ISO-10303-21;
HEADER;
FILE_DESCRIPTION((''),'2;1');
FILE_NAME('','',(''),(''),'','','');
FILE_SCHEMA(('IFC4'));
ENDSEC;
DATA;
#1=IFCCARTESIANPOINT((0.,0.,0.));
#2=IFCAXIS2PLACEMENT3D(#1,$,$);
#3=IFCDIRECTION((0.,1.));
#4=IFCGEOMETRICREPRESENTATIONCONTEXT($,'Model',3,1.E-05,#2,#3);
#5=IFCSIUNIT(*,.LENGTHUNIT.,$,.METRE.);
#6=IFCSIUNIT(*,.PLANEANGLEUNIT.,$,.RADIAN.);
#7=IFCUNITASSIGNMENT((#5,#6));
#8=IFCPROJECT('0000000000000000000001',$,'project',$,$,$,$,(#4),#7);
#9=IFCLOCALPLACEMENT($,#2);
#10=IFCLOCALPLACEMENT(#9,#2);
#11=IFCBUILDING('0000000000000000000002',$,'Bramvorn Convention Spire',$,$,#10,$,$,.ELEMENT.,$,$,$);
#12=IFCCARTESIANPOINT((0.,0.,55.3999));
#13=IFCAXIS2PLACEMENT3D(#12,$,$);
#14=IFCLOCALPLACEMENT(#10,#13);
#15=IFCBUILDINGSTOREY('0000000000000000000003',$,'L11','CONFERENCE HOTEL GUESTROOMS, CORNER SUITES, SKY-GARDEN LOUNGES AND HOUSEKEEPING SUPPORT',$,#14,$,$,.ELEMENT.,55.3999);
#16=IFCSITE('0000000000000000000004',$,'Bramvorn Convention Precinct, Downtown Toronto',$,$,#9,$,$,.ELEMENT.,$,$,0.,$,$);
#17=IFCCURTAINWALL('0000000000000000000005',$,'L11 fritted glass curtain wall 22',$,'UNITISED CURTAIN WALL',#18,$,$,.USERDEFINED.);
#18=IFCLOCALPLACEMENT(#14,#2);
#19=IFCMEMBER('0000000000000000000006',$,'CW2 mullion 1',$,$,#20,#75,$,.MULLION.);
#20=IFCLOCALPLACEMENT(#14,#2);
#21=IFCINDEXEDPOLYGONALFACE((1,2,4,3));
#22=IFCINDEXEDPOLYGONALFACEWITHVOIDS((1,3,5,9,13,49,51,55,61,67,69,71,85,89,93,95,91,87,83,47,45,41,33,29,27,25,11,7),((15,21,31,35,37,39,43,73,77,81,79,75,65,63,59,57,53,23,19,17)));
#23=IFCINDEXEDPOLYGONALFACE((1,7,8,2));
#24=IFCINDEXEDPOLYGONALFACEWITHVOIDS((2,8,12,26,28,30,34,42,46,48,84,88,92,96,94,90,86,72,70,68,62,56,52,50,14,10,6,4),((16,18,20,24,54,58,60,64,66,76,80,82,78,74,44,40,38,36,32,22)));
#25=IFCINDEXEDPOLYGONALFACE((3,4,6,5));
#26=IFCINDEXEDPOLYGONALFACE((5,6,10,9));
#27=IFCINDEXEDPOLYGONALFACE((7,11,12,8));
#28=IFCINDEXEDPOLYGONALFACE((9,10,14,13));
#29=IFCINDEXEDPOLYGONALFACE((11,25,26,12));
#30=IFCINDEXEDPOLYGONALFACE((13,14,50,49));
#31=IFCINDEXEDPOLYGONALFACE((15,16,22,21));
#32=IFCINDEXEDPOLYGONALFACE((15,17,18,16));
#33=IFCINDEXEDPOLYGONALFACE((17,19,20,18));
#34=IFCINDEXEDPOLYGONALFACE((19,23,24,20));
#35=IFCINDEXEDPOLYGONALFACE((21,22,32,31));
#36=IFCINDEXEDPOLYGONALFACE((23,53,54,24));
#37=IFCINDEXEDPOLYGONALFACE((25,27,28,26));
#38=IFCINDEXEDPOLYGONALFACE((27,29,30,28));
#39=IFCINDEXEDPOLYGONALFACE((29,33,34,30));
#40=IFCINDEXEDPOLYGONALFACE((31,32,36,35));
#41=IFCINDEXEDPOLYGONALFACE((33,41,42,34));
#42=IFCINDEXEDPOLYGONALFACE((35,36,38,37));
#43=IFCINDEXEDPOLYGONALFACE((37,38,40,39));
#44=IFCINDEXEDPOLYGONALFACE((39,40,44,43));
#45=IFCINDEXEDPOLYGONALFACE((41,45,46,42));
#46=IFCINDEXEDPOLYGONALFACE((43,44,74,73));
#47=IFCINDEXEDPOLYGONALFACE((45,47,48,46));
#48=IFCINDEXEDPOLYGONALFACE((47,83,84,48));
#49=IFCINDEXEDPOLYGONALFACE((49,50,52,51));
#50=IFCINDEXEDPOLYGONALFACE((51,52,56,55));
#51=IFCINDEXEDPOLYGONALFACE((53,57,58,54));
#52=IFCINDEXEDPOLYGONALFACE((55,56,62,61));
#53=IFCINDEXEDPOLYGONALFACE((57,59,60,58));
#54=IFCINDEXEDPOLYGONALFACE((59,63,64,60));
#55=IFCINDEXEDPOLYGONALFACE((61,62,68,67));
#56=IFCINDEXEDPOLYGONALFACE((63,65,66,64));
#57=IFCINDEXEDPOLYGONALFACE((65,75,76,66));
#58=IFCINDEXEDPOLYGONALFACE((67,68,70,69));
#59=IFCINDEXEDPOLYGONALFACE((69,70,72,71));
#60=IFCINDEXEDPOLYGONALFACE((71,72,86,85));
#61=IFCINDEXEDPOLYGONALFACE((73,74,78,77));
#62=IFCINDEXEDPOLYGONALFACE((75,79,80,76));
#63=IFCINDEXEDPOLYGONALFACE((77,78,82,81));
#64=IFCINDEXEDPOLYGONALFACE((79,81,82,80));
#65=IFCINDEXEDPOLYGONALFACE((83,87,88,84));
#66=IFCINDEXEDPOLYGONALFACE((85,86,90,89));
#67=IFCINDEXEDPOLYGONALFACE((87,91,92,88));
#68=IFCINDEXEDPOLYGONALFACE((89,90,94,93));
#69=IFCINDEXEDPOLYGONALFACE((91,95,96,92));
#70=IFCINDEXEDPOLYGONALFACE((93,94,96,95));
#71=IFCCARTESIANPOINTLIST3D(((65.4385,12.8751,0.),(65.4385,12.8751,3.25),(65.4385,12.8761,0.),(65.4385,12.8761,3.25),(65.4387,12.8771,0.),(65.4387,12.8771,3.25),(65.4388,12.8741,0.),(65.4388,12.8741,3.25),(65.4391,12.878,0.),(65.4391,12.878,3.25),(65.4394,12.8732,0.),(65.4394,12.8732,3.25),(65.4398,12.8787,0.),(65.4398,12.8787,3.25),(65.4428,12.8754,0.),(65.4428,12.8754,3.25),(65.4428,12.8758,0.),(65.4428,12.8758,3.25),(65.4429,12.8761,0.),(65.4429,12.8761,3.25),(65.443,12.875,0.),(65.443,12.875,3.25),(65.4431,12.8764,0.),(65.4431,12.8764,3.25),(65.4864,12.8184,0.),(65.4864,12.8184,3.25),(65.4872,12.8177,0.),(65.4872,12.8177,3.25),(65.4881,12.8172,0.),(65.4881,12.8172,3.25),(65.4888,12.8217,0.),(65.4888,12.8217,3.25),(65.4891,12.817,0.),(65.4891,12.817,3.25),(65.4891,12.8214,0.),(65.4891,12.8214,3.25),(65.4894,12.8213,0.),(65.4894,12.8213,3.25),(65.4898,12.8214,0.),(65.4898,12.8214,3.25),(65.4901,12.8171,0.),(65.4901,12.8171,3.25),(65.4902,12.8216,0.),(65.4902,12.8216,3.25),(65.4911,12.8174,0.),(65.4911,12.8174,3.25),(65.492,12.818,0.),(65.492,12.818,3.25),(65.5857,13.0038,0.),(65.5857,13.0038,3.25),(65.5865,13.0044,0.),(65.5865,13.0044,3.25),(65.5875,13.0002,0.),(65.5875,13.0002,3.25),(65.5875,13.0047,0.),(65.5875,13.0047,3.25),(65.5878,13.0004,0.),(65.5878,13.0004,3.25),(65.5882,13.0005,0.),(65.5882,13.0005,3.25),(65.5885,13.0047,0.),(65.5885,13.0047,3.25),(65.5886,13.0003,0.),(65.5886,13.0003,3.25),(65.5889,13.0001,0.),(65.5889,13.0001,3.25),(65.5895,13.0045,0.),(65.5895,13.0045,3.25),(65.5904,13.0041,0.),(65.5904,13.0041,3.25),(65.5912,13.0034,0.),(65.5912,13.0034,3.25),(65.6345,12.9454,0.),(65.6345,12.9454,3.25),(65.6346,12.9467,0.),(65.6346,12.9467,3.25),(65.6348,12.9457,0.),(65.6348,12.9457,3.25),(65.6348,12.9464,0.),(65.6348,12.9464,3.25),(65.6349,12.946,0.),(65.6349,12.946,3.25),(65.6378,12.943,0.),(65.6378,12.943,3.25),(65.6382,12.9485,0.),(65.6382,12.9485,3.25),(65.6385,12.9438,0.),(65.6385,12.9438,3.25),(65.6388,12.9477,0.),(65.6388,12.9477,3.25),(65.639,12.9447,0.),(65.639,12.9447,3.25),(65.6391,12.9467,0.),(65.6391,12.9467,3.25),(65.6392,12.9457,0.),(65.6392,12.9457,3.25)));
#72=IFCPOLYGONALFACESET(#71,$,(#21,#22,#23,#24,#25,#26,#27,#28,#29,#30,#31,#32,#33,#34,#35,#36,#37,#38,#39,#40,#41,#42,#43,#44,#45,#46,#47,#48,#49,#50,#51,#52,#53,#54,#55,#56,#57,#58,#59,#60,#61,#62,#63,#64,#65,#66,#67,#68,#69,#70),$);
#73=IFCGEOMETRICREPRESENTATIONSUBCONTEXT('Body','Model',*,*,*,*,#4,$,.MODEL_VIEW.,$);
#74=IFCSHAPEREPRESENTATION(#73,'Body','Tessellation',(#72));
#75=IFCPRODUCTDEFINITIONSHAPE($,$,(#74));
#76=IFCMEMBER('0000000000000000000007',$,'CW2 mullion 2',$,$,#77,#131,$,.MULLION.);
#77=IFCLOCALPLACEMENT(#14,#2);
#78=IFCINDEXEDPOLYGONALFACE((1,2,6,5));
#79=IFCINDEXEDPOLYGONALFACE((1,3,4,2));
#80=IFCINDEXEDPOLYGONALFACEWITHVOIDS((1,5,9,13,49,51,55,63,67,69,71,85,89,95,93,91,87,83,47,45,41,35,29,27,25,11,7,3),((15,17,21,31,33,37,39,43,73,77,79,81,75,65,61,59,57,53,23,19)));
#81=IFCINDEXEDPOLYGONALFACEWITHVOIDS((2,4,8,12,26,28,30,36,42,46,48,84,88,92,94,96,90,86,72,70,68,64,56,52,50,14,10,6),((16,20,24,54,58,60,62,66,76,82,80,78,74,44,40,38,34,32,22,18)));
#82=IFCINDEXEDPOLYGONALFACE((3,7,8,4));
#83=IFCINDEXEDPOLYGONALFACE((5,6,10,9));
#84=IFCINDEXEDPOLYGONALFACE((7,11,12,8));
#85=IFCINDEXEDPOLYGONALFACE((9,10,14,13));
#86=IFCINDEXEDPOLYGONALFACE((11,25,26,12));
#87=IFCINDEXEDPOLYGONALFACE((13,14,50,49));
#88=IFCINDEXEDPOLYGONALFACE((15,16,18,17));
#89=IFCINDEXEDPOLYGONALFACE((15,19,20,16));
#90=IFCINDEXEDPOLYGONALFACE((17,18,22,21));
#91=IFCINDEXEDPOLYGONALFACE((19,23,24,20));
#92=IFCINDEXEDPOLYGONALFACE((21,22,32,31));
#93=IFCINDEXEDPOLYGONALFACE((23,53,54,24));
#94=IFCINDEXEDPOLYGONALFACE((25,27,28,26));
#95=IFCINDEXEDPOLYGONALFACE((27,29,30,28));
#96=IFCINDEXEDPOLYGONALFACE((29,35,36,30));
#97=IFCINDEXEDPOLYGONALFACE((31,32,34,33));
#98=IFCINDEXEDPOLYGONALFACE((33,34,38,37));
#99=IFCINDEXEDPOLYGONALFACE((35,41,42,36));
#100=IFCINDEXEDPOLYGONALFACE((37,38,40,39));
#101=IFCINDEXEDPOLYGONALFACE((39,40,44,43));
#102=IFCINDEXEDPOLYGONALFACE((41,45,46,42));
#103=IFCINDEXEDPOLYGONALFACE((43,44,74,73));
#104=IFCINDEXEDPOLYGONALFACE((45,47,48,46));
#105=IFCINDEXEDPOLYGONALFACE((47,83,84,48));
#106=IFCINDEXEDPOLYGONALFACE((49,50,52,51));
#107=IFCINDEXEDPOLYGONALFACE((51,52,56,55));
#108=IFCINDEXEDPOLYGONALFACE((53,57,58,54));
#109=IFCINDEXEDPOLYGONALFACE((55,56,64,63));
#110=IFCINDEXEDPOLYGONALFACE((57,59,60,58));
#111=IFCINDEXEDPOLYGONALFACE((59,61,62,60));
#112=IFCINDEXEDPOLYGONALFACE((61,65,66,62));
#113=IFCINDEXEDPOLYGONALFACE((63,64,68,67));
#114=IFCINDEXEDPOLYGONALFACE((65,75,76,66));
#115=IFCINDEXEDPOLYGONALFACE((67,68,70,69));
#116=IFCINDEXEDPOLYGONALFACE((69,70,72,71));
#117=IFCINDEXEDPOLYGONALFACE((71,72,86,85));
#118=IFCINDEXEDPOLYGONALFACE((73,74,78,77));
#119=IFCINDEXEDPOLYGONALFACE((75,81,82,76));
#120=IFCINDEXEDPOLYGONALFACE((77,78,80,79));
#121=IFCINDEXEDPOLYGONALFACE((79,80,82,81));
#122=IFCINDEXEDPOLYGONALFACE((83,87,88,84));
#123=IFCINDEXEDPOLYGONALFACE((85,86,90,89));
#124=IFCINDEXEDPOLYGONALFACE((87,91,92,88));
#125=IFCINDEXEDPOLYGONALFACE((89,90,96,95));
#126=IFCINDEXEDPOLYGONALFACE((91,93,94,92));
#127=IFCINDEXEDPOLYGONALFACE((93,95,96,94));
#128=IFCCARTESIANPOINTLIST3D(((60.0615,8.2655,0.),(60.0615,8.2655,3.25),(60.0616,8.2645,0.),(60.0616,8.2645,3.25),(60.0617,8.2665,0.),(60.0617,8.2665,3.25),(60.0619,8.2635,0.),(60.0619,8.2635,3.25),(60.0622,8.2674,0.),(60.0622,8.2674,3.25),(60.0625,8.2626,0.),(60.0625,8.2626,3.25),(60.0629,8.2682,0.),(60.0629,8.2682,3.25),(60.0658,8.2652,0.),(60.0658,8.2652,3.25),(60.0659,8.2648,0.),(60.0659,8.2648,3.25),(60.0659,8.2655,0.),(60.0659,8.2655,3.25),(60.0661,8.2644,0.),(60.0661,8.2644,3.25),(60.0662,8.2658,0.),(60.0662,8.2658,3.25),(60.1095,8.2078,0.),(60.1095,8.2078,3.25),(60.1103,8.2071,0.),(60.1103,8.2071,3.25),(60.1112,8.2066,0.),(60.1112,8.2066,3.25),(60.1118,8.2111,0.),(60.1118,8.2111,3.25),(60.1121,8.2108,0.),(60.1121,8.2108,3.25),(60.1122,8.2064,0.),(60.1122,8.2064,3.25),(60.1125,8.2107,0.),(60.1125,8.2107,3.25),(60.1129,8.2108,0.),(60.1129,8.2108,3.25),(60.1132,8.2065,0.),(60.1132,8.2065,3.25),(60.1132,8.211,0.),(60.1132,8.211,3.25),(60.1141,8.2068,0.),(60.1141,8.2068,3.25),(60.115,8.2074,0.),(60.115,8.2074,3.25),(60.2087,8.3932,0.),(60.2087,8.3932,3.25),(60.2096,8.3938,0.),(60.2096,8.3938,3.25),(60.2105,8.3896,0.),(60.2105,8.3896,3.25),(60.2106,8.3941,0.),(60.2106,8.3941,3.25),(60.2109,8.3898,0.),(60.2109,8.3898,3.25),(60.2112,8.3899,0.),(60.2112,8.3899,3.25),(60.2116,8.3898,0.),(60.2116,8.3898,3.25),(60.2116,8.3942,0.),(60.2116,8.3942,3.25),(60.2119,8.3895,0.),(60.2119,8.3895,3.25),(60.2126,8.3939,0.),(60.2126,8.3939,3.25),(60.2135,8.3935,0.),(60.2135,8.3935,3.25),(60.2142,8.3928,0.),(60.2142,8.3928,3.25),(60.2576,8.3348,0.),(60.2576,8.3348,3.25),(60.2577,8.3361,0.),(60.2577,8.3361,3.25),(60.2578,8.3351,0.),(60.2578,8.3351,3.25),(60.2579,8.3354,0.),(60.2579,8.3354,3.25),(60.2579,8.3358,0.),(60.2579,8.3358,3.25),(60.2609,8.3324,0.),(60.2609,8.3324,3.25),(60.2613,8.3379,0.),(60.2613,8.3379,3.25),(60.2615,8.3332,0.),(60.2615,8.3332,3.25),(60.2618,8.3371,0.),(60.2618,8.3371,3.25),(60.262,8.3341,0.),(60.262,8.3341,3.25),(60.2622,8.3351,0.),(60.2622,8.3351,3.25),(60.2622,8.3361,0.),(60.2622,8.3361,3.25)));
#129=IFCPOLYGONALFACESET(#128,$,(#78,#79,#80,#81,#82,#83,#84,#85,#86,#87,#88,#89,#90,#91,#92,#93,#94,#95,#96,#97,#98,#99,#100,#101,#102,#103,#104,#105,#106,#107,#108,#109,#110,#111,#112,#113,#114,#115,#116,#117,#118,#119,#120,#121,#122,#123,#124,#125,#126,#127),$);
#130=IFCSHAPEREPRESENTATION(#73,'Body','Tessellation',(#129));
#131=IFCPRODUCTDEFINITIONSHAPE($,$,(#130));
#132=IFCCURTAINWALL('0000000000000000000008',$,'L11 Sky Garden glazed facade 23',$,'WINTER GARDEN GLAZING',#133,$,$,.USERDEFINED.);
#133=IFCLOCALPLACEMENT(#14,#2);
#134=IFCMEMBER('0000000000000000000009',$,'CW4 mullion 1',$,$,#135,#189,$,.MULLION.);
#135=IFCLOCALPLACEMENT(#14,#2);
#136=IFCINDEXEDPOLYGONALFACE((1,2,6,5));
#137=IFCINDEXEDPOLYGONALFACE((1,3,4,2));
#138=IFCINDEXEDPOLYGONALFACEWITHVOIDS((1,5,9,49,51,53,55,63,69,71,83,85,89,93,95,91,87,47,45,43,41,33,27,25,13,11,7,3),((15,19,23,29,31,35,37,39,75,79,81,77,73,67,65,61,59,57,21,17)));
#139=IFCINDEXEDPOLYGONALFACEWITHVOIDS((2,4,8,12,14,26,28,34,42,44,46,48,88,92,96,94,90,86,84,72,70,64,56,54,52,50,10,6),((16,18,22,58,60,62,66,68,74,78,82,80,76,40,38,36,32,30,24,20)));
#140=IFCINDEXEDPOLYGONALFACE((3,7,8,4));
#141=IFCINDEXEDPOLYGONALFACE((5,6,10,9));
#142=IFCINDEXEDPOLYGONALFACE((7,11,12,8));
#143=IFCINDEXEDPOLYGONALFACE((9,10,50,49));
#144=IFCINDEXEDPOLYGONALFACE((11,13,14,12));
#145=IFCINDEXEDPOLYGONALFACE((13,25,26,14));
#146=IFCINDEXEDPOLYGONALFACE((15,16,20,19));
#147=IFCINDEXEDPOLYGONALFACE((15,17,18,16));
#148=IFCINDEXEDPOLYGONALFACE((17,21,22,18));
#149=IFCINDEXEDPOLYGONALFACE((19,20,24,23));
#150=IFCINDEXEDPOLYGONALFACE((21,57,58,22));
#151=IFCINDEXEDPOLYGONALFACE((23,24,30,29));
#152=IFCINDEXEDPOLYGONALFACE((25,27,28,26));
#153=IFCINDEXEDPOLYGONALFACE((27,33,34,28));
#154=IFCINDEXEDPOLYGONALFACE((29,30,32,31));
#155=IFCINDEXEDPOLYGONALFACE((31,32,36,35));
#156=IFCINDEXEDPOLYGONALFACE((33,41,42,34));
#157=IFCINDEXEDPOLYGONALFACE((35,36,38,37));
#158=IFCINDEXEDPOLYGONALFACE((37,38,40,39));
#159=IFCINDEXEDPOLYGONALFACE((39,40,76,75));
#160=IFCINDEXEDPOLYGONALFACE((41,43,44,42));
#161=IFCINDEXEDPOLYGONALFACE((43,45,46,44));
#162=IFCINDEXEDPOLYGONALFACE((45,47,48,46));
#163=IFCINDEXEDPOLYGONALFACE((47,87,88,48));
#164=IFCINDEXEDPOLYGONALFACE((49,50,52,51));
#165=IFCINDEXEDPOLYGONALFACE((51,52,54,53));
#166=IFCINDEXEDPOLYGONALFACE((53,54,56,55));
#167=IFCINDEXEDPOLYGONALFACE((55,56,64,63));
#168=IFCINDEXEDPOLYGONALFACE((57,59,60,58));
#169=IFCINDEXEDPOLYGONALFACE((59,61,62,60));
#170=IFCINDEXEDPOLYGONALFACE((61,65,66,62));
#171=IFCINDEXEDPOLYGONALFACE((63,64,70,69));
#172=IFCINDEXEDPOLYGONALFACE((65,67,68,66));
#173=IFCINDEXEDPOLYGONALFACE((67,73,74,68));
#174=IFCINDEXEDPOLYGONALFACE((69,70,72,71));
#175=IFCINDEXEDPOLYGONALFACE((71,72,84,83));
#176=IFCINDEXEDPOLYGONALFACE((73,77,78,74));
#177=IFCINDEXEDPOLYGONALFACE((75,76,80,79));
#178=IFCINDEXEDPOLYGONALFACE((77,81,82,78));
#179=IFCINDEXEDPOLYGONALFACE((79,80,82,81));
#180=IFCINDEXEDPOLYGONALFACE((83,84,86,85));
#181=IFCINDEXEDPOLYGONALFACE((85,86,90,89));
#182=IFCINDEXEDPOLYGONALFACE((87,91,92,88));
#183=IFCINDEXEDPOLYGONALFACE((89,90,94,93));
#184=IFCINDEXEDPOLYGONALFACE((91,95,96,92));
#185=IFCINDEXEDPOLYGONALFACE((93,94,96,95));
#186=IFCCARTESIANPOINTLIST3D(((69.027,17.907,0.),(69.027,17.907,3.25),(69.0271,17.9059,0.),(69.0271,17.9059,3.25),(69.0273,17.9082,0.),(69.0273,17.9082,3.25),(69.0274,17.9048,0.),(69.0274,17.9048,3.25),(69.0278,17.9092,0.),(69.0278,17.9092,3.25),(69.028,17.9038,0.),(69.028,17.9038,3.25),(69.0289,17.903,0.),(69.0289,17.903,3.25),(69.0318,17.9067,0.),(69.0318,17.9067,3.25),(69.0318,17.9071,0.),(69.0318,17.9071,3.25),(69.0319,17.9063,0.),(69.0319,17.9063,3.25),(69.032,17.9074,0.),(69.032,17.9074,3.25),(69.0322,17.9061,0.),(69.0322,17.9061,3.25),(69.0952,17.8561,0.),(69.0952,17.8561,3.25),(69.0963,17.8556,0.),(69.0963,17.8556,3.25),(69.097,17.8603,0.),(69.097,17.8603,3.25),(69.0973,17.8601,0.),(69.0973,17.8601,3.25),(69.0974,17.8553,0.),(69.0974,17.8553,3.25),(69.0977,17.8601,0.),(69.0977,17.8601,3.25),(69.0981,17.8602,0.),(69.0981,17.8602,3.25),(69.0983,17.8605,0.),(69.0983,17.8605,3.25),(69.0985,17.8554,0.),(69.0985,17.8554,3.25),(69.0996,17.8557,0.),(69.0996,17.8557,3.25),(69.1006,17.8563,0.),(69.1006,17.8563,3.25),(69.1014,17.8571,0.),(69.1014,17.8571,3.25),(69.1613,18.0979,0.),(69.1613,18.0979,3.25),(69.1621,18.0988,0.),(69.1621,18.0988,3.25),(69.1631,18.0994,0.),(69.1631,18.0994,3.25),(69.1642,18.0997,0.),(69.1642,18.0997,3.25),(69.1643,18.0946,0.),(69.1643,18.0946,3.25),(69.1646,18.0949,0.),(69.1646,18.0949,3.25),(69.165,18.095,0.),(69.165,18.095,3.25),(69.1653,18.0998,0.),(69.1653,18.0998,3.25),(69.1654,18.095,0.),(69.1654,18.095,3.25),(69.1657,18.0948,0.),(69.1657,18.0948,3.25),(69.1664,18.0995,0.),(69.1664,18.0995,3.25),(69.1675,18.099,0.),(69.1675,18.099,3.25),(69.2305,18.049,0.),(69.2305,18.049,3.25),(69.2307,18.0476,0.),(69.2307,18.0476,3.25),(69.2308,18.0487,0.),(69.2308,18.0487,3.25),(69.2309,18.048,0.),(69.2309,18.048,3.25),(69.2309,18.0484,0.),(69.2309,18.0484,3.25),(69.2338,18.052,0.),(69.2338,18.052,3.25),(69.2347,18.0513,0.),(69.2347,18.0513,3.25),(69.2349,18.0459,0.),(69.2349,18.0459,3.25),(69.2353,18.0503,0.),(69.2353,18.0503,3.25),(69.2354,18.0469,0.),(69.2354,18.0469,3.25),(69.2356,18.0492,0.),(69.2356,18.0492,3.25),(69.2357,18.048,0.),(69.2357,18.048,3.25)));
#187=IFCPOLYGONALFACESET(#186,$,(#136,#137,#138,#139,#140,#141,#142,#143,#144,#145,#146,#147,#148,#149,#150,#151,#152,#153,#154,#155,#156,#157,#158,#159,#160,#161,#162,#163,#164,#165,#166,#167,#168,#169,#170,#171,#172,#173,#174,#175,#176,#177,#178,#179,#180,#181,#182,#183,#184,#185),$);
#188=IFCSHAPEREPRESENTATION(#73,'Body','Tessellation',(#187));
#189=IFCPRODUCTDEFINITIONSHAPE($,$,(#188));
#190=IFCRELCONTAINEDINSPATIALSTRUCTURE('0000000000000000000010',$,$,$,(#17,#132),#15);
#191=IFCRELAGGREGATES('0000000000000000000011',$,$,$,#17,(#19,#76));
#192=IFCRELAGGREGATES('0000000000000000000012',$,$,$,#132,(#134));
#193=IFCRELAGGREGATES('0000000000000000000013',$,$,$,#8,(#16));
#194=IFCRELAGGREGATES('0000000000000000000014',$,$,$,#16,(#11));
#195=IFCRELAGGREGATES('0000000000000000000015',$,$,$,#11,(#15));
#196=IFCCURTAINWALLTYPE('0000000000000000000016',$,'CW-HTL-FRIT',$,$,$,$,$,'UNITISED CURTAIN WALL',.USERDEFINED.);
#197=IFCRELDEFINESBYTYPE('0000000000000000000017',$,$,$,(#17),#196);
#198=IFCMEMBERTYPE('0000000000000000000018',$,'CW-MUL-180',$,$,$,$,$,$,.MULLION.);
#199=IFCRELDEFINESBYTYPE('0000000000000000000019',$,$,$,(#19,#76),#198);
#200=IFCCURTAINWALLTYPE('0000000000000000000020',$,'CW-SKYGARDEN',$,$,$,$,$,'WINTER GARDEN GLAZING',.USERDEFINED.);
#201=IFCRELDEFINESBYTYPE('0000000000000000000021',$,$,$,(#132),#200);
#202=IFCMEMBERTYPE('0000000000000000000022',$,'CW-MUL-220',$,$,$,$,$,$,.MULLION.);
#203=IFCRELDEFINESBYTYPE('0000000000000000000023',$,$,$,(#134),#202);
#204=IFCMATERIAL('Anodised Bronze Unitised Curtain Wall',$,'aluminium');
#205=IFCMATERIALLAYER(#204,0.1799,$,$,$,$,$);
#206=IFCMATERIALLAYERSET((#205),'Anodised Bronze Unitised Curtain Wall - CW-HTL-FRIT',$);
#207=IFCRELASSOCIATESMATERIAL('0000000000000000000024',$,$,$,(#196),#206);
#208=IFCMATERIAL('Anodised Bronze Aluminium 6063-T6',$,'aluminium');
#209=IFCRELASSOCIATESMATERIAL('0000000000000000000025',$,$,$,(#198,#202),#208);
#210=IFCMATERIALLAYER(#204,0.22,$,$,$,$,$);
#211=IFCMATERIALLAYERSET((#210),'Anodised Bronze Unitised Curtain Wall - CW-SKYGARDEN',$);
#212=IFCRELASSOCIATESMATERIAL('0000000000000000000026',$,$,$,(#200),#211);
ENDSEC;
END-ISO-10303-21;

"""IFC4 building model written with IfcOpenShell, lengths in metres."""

from ifc_helpers import new_model, si_unit, direction, frame, origin, origin_2d, place, context, subcontext, project, spatial, hollow_rectangle, extrude, material, layer, layer_set, material_profile, profile_set, type_object, element, aggregate, save


model = new_model("IFC4")

# Units and contexts
model_context = context("Model", 3, precision=1e-05, world=origin(), true_north=direction((0.0, 1.0)))
body_context = subcontext(model_context, "Body", "Model", "MODEL_VIEW")
ifc_project = project(units=[si_unit("LENGTHUNIT", "METRE"), si_unit("PLANEANGLEUNIT", "RADIAN")], contexts=[model_context])

# Site, building, storey
site_placement = place(None, origin())
site = spatial("IfcSite", under=ifc_project, at=site_placement, Name="Bramvorn Convention Precinct, Downtown Toronto", CompositionType="ELEMENT", RefElevation=0.0)
building_placement = place(site_placement, origin())
building = spatial("IfcBuilding", under=site, at=building_placement, Name="Bramvorn Convention Spire", CompositionType="ELEMENT")
storey_placement = place(building_placement, frame((0.0, 0.0, 55.3999)))
storey = spatial("IfcBuildingStorey", under=building, at=storey_placement, Name="L11", Description="CONFERENCE HOTEL GUESTROOMS, CORNER SUITES, SKY-GARDEN LOUNGES AND HOUSEKEEPING SUPPORT", CompositionType="ELEMENT", Elevation=55.3999)

# Curtain walls, members
ifc_material_1 = material(Name="Anodised Bronze Unitised Curtain Wall", Category="aluminium")
ifc_layer_1 = layer(ifc_material_1, 0.1799)
ifc_layer_set_1 = layer_set([ifc_layer_1], Name="Anodised Bronze Unitised Curtain Wall - CW-HTL-FRIT")
curtain_wall_type_1 = type_object("IfcCurtainWallType", Name="CW-HTL-FRIT", ElementType="UNITISED CURTAIN WALL", PredefinedType="USERDEFINED", material=ifc_layer_set_1)
ifc_material_2 = material(Name="Anodised Bronze Aluminium 6063-T6", Category="aluminium")
ifc_material_profile_1 = material_profile(ifc_material_2, hollow_rectangle(XDim=0.0801, YDim=0.2, WallThickness=0.0039, InnerFilletRadius=0.001, OuterFilletRadius=0.0039, at=origin_2d()))
ifc_profile_set_1 = profile_set([ifc_material_profile_1], Name="Anodised Bronze Aluminium 6063-T6 - CWM80X200")
member_type_1 = type_object("IfcMemberType", Name="CW-MUL-180", PredefinedType="MULLION", material=ifc_profile_set_1)
curtain_wall_1_placement = place(storey_placement, origin())
curtain_wall_1 = element("IfcCurtainWall", 1, at=curtain_wall_1_placement, inside=storey, type_object=curtain_wall_type_1, Name="L11 fritted glass curtain wall 22", ObjectType="UNITISED CURTAIN WALL", PredefinedType="USERDEFINED")
member_1_placement = place(storey_placement, frame((65.5388, 12.9109, 0.0), z_axis=(0.0, 0.0, 1.0), x_axis=(0.650946, -0.759124, 0.0)))
member_1 = element("IfcMember", 2, at=member_1_placement, type_object=member_type_1, Name="CW2 mullion 1", PredefinedType="MULLION", context=body_context, shape_type="SweptSolid", body=[
    extrude(hollow_rectangle(XDim=0.0801, YDim=0.2, WallThickness=0.0039, InnerFilletRadius=0.001, OuterFilletRadius=0.0039, at=origin_2d()), origin(), (0.0, 0.0, 1.0), 3.25),
])
member_2_placement = place(storey_placement, frame((60.1619, 8.3003, 0.0), z_axis=(0.0, 0.0, 1.0), x_axis=(0.650946, -0.759124, 0.0)))
member_2 = element("IfcMember", 3, at=member_2_placement, type_object=member_type_1, Name="CW2 mullion 2", PredefinedType="MULLION", context=body_context, shape_type="SweptSolid", body=[
    extrude(hollow_rectangle(XDim=0.0801, YDim=0.2, WallThickness=0.0039, InnerFilletRadius=0.001, OuterFilletRadius=0.0039, at=origin_2d()), origin(), (0.0, 0.0, 1.0), 3.25),
])
ifc_layer_2 = layer(ifc_material_1, 0.22)
ifc_layer_set_2 = layer_set([ifc_layer_2], Name="Anodised Bronze Unitised Curtain Wall - CW-SKYGARDEN")
curtain_wall_type_2 = type_object("IfcCurtainWallType", Name="CW-SKYGARDEN", ElementType="WINTER GARDEN GLAZING", PredefinedType="USERDEFINED", material=ifc_layer_set_2)
curtain_wall_2_placement = place(storey_placement, origin())
curtain_wall_2 = element("IfcCurtainWall", 4, at=curtain_wall_2_placement, inside=storey, type_object=curtain_wall_type_2, Name="L11 Sky Garden glazed facade 23", ObjectType="WINTER GARDEN GLAZING", PredefinedType="USERDEFINED")
ifc_material_profile_2 = material_profile(ifc_material_2, hollow_rectangle(XDim=0.0901, YDim=0.24, WallThickness=0.0044, InnerFilletRadius=0.001, OuterFilletRadius=0.0044, at=origin_2d()))
ifc_profile_set_2 = profile_set([ifc_material_profile_2], Name="Anodised Bronze Aluminium 6063-T6 - CWM90X240")
member_type_2 = type_object("IfcMemberType", Name="CW-MUL-220", PredefinedType="MULLION", material=ifc_profile_set_2)
member_3_placement = place(storey_placement, frame((69.1313, 17.9775, 0.0), z_axis=(0.0, 0.0, 1.0), x_axis=(0.816431, -0.577443, 0.0)))
member_3 = element("IfcMember", 5, at=member_3_placement, type_object=member_type_2, Name="CW4 mullion 1", PredefinedType="MULLION", context=body_context, shape_type="SweptSolid", body=[
    extrude(hollow_rectangle(XDim=0.0901, YDim=0.24, WallThickness=0.0044, InnerFilletRadius=0.001, OuterFilletRadius=0.0044, at=origin_2d()), origin(), (0.0, 0.0, 1.0), 3.25),
])

aggregate(curtain_wall_1, [member_1, member_2])
aggregate(curtain_wall_2, [member_3])

save(model, "model.ifc")
